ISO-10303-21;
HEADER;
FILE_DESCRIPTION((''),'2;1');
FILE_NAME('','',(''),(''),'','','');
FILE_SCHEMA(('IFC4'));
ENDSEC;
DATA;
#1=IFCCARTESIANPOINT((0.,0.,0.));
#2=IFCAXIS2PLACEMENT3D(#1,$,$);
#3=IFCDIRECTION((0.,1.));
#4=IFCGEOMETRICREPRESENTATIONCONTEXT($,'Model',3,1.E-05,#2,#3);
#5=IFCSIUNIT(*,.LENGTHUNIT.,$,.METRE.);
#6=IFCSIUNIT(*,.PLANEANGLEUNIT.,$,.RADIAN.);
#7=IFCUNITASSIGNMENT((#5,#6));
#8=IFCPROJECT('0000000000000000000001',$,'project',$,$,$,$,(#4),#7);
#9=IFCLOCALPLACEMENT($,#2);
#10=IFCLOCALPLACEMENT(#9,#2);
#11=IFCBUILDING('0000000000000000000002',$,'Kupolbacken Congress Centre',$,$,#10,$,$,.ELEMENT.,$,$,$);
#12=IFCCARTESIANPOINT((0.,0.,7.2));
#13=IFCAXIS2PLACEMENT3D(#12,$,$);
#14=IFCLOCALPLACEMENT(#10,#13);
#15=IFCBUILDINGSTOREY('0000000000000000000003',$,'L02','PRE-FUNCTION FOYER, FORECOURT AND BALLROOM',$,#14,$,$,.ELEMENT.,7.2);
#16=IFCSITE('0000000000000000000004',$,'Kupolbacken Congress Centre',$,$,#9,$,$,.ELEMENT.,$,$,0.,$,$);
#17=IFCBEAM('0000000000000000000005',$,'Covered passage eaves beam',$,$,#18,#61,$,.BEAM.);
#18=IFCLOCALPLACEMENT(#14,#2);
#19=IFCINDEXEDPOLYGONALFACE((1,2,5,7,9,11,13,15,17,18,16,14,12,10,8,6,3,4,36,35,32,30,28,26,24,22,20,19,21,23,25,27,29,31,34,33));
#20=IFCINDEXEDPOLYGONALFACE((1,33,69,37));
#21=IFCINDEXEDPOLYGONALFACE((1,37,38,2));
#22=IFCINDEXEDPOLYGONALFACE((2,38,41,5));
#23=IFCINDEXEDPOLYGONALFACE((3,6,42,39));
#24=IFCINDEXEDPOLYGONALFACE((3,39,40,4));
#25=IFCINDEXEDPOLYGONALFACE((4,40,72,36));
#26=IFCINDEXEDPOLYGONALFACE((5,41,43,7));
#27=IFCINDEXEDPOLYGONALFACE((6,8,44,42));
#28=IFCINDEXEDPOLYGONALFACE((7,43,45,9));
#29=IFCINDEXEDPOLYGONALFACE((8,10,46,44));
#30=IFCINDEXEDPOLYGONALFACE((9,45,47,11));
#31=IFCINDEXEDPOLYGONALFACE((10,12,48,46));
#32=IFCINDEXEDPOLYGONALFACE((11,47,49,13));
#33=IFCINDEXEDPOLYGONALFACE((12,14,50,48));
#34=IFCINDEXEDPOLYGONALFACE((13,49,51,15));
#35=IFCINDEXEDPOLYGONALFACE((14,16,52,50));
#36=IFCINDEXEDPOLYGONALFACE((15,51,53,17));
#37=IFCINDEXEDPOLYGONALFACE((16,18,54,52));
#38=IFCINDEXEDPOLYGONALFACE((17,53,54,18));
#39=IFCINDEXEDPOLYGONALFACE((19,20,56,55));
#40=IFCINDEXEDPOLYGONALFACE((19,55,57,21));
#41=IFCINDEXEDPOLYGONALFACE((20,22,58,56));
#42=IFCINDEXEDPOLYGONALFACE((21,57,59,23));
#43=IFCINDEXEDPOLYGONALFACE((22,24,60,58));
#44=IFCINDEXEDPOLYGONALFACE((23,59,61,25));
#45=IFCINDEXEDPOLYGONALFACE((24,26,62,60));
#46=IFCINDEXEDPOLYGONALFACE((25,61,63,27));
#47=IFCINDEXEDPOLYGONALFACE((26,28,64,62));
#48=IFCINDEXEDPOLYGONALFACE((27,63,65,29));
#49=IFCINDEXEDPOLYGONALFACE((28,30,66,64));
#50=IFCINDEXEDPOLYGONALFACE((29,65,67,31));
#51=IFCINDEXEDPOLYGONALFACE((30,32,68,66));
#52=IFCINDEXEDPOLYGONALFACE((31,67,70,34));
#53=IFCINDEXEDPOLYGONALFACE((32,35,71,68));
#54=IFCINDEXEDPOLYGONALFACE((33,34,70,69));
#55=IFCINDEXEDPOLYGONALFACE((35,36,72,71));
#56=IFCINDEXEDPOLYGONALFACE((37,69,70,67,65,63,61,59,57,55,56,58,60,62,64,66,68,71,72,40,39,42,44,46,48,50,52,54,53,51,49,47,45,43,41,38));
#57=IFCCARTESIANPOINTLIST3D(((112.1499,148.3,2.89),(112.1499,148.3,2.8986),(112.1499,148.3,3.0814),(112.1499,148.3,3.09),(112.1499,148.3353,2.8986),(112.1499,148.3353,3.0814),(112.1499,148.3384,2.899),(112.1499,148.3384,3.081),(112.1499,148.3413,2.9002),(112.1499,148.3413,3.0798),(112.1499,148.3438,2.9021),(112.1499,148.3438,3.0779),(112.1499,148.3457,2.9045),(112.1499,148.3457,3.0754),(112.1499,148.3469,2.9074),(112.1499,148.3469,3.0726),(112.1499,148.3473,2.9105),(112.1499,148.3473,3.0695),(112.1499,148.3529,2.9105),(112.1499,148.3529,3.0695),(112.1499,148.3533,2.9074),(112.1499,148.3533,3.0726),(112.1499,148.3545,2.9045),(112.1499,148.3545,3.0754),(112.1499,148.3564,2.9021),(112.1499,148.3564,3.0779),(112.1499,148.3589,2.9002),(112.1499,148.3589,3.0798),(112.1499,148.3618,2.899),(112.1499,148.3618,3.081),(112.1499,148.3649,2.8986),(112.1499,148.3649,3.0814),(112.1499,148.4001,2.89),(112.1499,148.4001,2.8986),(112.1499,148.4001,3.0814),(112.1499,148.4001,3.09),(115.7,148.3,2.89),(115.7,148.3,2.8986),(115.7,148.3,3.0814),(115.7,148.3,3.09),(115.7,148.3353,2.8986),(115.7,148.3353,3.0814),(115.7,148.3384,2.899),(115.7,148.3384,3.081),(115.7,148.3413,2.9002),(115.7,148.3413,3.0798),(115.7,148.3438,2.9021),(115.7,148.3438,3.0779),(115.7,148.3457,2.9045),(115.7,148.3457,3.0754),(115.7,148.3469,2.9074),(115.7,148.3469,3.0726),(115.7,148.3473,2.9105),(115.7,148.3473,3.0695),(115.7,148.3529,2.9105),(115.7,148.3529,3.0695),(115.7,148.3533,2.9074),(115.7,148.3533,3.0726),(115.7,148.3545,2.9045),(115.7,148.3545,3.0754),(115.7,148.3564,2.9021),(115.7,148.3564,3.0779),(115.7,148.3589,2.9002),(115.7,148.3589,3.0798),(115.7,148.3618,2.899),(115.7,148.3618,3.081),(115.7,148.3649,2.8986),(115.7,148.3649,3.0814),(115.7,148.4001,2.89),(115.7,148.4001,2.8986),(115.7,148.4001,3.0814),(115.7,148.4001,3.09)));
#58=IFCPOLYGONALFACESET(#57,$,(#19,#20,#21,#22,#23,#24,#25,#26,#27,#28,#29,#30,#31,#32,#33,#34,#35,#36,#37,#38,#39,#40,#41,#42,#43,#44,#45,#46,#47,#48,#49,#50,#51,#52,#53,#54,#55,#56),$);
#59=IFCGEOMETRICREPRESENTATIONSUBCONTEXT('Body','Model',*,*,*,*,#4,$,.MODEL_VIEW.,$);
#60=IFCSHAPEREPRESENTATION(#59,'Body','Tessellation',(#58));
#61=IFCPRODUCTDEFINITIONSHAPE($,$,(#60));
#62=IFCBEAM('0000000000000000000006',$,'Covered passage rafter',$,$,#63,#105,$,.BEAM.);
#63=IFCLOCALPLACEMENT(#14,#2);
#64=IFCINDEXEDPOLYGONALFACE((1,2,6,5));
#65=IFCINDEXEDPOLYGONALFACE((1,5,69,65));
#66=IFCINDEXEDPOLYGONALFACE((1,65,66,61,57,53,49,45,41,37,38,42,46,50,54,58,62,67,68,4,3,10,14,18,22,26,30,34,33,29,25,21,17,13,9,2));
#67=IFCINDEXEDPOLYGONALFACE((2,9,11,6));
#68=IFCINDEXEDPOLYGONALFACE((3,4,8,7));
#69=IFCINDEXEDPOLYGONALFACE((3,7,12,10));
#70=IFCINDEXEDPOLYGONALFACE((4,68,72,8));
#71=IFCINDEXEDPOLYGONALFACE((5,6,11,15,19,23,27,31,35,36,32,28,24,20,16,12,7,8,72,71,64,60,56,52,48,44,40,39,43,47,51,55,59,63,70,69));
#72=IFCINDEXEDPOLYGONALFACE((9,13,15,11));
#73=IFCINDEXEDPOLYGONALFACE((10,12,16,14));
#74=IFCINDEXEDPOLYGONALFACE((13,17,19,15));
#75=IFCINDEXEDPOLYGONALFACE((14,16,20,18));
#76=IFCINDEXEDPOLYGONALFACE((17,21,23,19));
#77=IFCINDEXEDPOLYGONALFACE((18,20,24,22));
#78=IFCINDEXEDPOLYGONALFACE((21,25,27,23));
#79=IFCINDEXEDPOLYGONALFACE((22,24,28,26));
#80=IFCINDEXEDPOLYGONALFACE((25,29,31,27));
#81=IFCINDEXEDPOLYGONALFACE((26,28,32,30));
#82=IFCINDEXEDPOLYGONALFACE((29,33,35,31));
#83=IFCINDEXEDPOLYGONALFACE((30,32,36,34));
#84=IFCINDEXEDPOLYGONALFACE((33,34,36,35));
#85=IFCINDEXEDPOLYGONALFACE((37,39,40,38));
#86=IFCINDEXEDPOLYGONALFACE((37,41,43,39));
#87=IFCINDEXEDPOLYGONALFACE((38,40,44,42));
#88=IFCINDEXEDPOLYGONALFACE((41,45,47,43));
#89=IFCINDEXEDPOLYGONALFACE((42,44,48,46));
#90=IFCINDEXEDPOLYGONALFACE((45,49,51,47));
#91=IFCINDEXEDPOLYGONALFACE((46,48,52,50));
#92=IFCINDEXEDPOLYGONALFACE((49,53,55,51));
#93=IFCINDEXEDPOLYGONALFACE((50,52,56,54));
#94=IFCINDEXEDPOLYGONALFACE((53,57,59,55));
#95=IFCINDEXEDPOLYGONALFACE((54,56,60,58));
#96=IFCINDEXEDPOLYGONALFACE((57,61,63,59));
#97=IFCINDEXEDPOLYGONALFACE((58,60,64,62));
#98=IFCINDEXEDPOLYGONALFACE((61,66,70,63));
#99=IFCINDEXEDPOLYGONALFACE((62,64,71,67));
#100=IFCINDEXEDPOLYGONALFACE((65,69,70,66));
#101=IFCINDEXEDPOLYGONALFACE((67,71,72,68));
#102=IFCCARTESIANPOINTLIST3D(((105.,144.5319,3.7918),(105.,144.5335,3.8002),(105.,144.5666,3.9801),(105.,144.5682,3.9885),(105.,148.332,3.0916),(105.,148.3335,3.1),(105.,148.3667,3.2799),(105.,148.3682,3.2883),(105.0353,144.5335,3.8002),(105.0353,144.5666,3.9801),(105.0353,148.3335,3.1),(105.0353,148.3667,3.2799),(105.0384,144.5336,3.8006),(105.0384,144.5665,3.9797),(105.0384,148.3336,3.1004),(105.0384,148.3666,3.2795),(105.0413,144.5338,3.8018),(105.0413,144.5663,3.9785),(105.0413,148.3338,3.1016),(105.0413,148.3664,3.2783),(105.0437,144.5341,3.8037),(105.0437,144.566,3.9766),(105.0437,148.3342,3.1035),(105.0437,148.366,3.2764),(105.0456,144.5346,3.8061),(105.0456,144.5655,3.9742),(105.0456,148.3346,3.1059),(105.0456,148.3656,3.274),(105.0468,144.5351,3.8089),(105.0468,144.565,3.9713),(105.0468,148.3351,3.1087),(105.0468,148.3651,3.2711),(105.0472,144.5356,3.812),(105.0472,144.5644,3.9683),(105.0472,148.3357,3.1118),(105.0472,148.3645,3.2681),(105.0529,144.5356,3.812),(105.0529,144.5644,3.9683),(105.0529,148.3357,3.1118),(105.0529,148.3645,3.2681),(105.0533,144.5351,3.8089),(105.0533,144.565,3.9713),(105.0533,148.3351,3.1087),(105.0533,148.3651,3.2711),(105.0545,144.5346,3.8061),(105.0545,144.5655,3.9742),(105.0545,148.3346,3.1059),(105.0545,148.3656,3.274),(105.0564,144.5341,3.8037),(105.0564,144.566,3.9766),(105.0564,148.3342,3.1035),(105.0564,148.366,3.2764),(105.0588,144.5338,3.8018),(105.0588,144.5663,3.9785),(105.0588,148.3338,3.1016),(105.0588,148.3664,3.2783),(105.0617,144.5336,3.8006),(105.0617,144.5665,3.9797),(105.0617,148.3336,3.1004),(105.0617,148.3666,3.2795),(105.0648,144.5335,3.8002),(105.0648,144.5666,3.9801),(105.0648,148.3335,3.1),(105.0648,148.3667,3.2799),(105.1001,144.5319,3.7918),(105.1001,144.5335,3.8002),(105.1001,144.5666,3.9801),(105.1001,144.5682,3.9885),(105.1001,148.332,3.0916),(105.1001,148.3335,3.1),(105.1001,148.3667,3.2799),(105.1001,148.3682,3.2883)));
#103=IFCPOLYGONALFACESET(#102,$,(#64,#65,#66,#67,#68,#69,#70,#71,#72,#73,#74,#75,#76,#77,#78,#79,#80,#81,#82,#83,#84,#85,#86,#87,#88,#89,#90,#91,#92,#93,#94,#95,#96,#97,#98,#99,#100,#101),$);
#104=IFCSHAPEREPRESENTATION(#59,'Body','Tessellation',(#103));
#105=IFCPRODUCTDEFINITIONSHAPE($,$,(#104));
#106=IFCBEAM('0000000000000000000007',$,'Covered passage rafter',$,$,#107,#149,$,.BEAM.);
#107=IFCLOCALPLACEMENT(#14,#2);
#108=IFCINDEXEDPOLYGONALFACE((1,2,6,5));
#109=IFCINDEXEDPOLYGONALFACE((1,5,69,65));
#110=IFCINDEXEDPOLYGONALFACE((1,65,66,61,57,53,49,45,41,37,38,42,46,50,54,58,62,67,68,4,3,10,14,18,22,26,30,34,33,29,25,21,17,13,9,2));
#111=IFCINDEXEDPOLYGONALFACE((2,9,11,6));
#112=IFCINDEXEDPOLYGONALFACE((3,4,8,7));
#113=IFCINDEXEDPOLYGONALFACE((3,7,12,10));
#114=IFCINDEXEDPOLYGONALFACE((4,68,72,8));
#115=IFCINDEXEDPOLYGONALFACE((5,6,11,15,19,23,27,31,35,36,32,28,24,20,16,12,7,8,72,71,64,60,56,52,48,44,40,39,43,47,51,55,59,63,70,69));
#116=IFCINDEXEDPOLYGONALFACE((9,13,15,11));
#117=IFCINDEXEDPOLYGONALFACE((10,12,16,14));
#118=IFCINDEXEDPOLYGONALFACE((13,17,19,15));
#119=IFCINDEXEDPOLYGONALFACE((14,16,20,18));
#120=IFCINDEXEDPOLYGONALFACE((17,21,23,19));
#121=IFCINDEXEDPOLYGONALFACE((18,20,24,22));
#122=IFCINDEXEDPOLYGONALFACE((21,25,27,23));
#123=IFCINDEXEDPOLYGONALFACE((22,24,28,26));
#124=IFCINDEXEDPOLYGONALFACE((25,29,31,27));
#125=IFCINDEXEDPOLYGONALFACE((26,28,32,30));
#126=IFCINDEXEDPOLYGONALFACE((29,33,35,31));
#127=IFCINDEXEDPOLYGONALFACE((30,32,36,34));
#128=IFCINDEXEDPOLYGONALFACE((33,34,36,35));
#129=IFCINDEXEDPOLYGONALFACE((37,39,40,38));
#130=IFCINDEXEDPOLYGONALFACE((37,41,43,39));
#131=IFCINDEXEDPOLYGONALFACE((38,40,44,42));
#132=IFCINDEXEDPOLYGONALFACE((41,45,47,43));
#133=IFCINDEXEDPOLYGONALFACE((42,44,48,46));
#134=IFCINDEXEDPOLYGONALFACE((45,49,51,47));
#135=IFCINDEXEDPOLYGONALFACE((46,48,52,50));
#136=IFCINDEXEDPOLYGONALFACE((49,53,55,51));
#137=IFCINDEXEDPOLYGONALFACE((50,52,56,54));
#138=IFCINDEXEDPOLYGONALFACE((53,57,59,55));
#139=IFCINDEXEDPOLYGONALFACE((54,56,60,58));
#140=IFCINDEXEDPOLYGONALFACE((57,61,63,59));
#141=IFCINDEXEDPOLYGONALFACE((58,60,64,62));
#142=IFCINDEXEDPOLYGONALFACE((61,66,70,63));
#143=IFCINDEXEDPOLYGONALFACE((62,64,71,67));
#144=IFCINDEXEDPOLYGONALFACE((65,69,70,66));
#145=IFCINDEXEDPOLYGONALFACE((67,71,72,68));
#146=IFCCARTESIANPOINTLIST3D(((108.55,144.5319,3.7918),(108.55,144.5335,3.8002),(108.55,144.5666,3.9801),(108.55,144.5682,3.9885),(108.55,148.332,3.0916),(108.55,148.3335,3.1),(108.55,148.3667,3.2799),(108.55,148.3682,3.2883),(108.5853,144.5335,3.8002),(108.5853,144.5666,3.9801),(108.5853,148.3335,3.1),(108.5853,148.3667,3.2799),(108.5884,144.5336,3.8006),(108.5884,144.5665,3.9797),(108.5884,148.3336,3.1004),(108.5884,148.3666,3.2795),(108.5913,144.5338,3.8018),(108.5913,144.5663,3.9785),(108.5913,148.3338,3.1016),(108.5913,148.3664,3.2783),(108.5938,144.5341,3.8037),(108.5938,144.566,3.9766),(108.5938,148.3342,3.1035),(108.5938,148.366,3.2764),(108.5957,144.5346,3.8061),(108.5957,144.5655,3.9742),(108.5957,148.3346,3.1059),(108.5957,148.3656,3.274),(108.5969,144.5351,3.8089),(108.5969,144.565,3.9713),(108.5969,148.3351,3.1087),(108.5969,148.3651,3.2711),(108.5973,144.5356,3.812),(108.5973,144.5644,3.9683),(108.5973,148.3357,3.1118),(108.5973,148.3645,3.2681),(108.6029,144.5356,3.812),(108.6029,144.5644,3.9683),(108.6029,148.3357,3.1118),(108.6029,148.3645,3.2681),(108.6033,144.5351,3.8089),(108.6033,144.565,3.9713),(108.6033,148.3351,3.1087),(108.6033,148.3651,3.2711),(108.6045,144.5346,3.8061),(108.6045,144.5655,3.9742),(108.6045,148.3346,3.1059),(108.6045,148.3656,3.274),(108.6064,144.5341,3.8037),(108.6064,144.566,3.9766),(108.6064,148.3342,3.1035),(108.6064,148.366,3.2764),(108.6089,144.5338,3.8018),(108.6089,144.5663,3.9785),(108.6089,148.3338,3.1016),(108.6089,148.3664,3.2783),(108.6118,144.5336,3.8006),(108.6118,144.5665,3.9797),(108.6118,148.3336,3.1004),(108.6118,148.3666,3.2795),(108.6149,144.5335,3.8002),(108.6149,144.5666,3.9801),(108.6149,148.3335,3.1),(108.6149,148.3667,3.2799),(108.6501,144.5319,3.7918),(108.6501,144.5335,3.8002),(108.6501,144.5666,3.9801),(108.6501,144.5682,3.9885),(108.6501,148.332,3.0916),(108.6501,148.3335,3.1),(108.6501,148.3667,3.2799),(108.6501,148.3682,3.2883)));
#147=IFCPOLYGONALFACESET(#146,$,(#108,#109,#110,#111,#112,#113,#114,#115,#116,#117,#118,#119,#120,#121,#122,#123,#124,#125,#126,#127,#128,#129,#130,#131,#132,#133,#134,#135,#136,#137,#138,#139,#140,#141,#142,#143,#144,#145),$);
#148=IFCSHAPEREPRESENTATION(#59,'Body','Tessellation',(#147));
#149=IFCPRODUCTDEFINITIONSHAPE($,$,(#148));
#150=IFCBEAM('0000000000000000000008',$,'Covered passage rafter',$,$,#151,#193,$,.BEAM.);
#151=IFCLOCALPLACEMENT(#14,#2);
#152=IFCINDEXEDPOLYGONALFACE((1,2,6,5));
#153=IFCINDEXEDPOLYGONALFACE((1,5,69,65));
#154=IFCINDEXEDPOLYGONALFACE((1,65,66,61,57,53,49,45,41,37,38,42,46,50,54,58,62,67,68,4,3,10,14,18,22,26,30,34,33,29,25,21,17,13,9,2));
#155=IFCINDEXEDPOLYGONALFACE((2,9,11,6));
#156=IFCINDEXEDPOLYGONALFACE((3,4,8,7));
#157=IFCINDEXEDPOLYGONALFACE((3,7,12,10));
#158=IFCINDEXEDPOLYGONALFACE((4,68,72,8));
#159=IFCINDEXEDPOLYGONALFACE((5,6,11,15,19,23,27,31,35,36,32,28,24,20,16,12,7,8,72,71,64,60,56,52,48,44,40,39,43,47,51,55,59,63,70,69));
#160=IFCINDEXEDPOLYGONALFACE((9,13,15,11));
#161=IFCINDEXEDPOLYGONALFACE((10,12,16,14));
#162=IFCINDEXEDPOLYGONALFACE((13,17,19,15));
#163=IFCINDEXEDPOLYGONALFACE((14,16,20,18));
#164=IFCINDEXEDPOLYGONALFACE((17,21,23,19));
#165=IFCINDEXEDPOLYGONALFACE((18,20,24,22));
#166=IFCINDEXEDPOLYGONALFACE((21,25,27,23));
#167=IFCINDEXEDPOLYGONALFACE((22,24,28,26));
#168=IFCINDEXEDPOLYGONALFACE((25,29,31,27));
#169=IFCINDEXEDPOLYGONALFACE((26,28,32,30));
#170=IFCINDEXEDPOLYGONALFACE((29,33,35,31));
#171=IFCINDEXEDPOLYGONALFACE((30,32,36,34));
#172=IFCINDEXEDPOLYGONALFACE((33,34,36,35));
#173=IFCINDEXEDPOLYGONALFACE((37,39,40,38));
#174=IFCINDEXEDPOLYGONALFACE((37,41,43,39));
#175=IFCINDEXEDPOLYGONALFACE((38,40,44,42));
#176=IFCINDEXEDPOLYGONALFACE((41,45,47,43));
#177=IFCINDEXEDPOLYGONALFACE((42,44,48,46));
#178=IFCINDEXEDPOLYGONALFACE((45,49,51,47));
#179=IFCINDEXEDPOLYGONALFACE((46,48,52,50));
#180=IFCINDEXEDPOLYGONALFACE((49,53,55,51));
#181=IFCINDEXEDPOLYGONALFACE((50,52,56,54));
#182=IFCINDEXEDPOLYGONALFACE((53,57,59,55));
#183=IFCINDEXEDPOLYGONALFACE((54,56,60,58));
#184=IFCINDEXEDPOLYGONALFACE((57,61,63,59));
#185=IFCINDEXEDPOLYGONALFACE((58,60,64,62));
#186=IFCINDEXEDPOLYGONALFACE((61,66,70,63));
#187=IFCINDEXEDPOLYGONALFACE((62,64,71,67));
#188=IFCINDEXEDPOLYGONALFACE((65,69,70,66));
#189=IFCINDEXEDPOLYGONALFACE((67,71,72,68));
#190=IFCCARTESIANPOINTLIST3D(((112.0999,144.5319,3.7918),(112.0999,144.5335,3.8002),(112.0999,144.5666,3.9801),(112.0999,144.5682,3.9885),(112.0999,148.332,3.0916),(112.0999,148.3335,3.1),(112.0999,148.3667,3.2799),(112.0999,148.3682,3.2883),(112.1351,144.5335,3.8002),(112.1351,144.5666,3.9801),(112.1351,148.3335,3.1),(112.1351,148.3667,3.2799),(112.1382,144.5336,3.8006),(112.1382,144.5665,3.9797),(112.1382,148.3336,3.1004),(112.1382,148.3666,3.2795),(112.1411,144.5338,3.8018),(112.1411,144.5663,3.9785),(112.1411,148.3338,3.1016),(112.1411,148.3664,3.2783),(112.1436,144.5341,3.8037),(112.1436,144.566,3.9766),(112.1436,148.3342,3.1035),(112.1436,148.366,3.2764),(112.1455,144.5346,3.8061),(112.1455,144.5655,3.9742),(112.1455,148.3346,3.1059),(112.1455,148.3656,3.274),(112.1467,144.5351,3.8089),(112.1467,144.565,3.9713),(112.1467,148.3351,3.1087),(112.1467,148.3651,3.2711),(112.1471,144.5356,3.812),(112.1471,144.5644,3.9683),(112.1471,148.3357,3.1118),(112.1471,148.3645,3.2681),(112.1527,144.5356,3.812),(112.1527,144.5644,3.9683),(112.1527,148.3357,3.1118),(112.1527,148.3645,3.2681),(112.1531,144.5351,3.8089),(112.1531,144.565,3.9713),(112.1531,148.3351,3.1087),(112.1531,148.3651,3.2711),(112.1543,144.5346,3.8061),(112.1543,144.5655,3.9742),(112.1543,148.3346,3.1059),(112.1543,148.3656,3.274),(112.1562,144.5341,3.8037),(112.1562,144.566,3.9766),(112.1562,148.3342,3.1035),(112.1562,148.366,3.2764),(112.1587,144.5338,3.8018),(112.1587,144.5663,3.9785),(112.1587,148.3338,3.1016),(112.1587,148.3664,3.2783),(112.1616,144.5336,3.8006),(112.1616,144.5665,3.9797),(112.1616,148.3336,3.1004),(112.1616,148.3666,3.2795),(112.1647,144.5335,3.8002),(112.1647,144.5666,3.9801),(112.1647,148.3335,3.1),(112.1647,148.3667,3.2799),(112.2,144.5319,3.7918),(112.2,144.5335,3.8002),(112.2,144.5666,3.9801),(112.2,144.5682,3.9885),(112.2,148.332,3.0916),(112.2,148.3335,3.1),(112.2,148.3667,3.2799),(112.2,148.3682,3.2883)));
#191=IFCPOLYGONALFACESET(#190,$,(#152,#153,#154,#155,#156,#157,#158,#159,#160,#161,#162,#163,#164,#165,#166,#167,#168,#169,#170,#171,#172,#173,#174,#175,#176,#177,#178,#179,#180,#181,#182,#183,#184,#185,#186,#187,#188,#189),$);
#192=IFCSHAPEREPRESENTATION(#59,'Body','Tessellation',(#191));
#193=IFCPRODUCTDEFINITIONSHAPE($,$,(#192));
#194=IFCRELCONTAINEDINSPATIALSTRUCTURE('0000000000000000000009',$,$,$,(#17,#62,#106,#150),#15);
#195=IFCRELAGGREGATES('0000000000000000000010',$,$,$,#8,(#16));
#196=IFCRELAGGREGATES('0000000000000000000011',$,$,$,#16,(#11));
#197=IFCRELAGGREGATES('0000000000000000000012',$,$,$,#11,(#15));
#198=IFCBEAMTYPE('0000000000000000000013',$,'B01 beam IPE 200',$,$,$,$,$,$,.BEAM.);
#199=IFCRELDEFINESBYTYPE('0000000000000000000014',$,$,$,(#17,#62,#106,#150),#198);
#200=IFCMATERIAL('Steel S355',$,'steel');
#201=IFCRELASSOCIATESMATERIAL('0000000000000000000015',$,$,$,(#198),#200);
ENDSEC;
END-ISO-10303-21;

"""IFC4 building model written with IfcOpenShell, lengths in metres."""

from ifc_helpers import new_model, si_unit, direction, frame, origin, origin_2d, place, context, subcontext, project, spatial, i_section, extrude, material, material_profile, profile_set, type_object, element, save


model = new_model("IFC4")

# Units and contexts
model_context = context("Model", 3, precision=1e-05, world=origin(), true_north=direction((0.0, 1.0)))
body_context = subcontext(model_context, "Body", "Model", "MODEL_VIEW")
ifc_project = project(units=[si_unit("LENGTHUNIT", "METRE"), si_unit("PLANEANGLEUNIT", "RADIAN")], contexts=[model_context])

# Site, building, storey
site_placement = place(None, origin())
site = spatial("IfcSite", under=ifc_project, at=site_placement, Name="Kupolbacken Congress Centre", CompositionType="ELEMENT", RefElevation=0.0)
building_placement = place(site_placement, origin())
building = spatial("IfcBuilding", under=site, at=building_placement, Name="Kupolbacken Congress Centre", CompositionType="ELEMENT")
storey_placement = place(building_placement, frame((0.0, 0.0, 7.2)))
storey = spatial("IfcBuildingStorey", under=building, at=storey_placement, Name="L02", Description="PRE-FUNCTION FOYER, FORECOURT AND BALLROOM", CompositionType="ELEMENT", Elevation=7.2)

# Beams
ifc_material_1 = material(Name="Steel S355", Category="steel")
ifc_material_profile_1 = material_profile(ifc_material_1, i_section(OverallWidth=0.1001, OverallDepth=0.2, WebThickness=0.0056, FlangeThickness=0.0085, FilletRadius=0.012, at=origin_2d()), Name="IPE 200")
ifc_profile_set_1 = profile_set([ifc_material_profile_1], Name="Steel S355")
beam_type_1 = type_object("IfcBeamType", Name="B01 beam IPE 200", PredefinedType="BEAM", material=ifc_profile_set_1)
for number, where, z_axis, x_axis, name in (
    (1, (112.1499, 148.3501, 2.99), (1.0, 0.0, 0.0), (0.0, 1.0, 0.0), "Covered passage eaves beam"),
):
    element("IfcBeam", number, at=place(storey_placement, frame(where, z_axis=z_axis, x_axis=x_axis)), inside=storey, type_object=beam_type_1, Name=name, PredefinedType="BEAM", context=body_context, shape_type="SweptSolid", body=[
        extrude(i_section(OverallWidth=0.1001, OverallDepth=0.2, WebThickness=0.0056, FlangeThickness=0.0085, FilletRadius=0.012, at=origin_2d()), origin(), (0.0, 0.0, 1.0), 3.55),
    ])
for number, where, z_axis, x_axis, name in (
    (2, (105.05, 144.55, 3.8901), (0.0, 0.983445, -0.181209), (-1.0, 0.0, 0.0), "Covered passage rafter"),
    (3, (108.6001, 144.55, 3.8901), (0.0, 0.983445, -0.181209), (-1.0, 0.0, 0.0), "Covered passage rafter"),
    (4, (112.1499, 144.55, 3.8901), (0.0, 0.983445, -0.181209), (-1.0, 0.0, 0.0), "Covered passage rafter"),
):
    element("IfcBeam", number, at=place(storey_placement, frame(where, z_axis=z_axis, x_axis=x_axis)), inside=storey, type_object=beam_type_1, Name=name, PredefinedType="BEAM", context=body_context, shape_type="SweptSolid", body=[
        extrude(i_section(OverallWidth=0.1001, OverallDepth=0.2, WebThickness=0.0056, FlangeThickness=0.0085, FilletRadius=0.012, at=origin_2d()), origin(), (0.0, 0.0, 1.0), 3.864),
    ])

save(model, "model.ifc")
